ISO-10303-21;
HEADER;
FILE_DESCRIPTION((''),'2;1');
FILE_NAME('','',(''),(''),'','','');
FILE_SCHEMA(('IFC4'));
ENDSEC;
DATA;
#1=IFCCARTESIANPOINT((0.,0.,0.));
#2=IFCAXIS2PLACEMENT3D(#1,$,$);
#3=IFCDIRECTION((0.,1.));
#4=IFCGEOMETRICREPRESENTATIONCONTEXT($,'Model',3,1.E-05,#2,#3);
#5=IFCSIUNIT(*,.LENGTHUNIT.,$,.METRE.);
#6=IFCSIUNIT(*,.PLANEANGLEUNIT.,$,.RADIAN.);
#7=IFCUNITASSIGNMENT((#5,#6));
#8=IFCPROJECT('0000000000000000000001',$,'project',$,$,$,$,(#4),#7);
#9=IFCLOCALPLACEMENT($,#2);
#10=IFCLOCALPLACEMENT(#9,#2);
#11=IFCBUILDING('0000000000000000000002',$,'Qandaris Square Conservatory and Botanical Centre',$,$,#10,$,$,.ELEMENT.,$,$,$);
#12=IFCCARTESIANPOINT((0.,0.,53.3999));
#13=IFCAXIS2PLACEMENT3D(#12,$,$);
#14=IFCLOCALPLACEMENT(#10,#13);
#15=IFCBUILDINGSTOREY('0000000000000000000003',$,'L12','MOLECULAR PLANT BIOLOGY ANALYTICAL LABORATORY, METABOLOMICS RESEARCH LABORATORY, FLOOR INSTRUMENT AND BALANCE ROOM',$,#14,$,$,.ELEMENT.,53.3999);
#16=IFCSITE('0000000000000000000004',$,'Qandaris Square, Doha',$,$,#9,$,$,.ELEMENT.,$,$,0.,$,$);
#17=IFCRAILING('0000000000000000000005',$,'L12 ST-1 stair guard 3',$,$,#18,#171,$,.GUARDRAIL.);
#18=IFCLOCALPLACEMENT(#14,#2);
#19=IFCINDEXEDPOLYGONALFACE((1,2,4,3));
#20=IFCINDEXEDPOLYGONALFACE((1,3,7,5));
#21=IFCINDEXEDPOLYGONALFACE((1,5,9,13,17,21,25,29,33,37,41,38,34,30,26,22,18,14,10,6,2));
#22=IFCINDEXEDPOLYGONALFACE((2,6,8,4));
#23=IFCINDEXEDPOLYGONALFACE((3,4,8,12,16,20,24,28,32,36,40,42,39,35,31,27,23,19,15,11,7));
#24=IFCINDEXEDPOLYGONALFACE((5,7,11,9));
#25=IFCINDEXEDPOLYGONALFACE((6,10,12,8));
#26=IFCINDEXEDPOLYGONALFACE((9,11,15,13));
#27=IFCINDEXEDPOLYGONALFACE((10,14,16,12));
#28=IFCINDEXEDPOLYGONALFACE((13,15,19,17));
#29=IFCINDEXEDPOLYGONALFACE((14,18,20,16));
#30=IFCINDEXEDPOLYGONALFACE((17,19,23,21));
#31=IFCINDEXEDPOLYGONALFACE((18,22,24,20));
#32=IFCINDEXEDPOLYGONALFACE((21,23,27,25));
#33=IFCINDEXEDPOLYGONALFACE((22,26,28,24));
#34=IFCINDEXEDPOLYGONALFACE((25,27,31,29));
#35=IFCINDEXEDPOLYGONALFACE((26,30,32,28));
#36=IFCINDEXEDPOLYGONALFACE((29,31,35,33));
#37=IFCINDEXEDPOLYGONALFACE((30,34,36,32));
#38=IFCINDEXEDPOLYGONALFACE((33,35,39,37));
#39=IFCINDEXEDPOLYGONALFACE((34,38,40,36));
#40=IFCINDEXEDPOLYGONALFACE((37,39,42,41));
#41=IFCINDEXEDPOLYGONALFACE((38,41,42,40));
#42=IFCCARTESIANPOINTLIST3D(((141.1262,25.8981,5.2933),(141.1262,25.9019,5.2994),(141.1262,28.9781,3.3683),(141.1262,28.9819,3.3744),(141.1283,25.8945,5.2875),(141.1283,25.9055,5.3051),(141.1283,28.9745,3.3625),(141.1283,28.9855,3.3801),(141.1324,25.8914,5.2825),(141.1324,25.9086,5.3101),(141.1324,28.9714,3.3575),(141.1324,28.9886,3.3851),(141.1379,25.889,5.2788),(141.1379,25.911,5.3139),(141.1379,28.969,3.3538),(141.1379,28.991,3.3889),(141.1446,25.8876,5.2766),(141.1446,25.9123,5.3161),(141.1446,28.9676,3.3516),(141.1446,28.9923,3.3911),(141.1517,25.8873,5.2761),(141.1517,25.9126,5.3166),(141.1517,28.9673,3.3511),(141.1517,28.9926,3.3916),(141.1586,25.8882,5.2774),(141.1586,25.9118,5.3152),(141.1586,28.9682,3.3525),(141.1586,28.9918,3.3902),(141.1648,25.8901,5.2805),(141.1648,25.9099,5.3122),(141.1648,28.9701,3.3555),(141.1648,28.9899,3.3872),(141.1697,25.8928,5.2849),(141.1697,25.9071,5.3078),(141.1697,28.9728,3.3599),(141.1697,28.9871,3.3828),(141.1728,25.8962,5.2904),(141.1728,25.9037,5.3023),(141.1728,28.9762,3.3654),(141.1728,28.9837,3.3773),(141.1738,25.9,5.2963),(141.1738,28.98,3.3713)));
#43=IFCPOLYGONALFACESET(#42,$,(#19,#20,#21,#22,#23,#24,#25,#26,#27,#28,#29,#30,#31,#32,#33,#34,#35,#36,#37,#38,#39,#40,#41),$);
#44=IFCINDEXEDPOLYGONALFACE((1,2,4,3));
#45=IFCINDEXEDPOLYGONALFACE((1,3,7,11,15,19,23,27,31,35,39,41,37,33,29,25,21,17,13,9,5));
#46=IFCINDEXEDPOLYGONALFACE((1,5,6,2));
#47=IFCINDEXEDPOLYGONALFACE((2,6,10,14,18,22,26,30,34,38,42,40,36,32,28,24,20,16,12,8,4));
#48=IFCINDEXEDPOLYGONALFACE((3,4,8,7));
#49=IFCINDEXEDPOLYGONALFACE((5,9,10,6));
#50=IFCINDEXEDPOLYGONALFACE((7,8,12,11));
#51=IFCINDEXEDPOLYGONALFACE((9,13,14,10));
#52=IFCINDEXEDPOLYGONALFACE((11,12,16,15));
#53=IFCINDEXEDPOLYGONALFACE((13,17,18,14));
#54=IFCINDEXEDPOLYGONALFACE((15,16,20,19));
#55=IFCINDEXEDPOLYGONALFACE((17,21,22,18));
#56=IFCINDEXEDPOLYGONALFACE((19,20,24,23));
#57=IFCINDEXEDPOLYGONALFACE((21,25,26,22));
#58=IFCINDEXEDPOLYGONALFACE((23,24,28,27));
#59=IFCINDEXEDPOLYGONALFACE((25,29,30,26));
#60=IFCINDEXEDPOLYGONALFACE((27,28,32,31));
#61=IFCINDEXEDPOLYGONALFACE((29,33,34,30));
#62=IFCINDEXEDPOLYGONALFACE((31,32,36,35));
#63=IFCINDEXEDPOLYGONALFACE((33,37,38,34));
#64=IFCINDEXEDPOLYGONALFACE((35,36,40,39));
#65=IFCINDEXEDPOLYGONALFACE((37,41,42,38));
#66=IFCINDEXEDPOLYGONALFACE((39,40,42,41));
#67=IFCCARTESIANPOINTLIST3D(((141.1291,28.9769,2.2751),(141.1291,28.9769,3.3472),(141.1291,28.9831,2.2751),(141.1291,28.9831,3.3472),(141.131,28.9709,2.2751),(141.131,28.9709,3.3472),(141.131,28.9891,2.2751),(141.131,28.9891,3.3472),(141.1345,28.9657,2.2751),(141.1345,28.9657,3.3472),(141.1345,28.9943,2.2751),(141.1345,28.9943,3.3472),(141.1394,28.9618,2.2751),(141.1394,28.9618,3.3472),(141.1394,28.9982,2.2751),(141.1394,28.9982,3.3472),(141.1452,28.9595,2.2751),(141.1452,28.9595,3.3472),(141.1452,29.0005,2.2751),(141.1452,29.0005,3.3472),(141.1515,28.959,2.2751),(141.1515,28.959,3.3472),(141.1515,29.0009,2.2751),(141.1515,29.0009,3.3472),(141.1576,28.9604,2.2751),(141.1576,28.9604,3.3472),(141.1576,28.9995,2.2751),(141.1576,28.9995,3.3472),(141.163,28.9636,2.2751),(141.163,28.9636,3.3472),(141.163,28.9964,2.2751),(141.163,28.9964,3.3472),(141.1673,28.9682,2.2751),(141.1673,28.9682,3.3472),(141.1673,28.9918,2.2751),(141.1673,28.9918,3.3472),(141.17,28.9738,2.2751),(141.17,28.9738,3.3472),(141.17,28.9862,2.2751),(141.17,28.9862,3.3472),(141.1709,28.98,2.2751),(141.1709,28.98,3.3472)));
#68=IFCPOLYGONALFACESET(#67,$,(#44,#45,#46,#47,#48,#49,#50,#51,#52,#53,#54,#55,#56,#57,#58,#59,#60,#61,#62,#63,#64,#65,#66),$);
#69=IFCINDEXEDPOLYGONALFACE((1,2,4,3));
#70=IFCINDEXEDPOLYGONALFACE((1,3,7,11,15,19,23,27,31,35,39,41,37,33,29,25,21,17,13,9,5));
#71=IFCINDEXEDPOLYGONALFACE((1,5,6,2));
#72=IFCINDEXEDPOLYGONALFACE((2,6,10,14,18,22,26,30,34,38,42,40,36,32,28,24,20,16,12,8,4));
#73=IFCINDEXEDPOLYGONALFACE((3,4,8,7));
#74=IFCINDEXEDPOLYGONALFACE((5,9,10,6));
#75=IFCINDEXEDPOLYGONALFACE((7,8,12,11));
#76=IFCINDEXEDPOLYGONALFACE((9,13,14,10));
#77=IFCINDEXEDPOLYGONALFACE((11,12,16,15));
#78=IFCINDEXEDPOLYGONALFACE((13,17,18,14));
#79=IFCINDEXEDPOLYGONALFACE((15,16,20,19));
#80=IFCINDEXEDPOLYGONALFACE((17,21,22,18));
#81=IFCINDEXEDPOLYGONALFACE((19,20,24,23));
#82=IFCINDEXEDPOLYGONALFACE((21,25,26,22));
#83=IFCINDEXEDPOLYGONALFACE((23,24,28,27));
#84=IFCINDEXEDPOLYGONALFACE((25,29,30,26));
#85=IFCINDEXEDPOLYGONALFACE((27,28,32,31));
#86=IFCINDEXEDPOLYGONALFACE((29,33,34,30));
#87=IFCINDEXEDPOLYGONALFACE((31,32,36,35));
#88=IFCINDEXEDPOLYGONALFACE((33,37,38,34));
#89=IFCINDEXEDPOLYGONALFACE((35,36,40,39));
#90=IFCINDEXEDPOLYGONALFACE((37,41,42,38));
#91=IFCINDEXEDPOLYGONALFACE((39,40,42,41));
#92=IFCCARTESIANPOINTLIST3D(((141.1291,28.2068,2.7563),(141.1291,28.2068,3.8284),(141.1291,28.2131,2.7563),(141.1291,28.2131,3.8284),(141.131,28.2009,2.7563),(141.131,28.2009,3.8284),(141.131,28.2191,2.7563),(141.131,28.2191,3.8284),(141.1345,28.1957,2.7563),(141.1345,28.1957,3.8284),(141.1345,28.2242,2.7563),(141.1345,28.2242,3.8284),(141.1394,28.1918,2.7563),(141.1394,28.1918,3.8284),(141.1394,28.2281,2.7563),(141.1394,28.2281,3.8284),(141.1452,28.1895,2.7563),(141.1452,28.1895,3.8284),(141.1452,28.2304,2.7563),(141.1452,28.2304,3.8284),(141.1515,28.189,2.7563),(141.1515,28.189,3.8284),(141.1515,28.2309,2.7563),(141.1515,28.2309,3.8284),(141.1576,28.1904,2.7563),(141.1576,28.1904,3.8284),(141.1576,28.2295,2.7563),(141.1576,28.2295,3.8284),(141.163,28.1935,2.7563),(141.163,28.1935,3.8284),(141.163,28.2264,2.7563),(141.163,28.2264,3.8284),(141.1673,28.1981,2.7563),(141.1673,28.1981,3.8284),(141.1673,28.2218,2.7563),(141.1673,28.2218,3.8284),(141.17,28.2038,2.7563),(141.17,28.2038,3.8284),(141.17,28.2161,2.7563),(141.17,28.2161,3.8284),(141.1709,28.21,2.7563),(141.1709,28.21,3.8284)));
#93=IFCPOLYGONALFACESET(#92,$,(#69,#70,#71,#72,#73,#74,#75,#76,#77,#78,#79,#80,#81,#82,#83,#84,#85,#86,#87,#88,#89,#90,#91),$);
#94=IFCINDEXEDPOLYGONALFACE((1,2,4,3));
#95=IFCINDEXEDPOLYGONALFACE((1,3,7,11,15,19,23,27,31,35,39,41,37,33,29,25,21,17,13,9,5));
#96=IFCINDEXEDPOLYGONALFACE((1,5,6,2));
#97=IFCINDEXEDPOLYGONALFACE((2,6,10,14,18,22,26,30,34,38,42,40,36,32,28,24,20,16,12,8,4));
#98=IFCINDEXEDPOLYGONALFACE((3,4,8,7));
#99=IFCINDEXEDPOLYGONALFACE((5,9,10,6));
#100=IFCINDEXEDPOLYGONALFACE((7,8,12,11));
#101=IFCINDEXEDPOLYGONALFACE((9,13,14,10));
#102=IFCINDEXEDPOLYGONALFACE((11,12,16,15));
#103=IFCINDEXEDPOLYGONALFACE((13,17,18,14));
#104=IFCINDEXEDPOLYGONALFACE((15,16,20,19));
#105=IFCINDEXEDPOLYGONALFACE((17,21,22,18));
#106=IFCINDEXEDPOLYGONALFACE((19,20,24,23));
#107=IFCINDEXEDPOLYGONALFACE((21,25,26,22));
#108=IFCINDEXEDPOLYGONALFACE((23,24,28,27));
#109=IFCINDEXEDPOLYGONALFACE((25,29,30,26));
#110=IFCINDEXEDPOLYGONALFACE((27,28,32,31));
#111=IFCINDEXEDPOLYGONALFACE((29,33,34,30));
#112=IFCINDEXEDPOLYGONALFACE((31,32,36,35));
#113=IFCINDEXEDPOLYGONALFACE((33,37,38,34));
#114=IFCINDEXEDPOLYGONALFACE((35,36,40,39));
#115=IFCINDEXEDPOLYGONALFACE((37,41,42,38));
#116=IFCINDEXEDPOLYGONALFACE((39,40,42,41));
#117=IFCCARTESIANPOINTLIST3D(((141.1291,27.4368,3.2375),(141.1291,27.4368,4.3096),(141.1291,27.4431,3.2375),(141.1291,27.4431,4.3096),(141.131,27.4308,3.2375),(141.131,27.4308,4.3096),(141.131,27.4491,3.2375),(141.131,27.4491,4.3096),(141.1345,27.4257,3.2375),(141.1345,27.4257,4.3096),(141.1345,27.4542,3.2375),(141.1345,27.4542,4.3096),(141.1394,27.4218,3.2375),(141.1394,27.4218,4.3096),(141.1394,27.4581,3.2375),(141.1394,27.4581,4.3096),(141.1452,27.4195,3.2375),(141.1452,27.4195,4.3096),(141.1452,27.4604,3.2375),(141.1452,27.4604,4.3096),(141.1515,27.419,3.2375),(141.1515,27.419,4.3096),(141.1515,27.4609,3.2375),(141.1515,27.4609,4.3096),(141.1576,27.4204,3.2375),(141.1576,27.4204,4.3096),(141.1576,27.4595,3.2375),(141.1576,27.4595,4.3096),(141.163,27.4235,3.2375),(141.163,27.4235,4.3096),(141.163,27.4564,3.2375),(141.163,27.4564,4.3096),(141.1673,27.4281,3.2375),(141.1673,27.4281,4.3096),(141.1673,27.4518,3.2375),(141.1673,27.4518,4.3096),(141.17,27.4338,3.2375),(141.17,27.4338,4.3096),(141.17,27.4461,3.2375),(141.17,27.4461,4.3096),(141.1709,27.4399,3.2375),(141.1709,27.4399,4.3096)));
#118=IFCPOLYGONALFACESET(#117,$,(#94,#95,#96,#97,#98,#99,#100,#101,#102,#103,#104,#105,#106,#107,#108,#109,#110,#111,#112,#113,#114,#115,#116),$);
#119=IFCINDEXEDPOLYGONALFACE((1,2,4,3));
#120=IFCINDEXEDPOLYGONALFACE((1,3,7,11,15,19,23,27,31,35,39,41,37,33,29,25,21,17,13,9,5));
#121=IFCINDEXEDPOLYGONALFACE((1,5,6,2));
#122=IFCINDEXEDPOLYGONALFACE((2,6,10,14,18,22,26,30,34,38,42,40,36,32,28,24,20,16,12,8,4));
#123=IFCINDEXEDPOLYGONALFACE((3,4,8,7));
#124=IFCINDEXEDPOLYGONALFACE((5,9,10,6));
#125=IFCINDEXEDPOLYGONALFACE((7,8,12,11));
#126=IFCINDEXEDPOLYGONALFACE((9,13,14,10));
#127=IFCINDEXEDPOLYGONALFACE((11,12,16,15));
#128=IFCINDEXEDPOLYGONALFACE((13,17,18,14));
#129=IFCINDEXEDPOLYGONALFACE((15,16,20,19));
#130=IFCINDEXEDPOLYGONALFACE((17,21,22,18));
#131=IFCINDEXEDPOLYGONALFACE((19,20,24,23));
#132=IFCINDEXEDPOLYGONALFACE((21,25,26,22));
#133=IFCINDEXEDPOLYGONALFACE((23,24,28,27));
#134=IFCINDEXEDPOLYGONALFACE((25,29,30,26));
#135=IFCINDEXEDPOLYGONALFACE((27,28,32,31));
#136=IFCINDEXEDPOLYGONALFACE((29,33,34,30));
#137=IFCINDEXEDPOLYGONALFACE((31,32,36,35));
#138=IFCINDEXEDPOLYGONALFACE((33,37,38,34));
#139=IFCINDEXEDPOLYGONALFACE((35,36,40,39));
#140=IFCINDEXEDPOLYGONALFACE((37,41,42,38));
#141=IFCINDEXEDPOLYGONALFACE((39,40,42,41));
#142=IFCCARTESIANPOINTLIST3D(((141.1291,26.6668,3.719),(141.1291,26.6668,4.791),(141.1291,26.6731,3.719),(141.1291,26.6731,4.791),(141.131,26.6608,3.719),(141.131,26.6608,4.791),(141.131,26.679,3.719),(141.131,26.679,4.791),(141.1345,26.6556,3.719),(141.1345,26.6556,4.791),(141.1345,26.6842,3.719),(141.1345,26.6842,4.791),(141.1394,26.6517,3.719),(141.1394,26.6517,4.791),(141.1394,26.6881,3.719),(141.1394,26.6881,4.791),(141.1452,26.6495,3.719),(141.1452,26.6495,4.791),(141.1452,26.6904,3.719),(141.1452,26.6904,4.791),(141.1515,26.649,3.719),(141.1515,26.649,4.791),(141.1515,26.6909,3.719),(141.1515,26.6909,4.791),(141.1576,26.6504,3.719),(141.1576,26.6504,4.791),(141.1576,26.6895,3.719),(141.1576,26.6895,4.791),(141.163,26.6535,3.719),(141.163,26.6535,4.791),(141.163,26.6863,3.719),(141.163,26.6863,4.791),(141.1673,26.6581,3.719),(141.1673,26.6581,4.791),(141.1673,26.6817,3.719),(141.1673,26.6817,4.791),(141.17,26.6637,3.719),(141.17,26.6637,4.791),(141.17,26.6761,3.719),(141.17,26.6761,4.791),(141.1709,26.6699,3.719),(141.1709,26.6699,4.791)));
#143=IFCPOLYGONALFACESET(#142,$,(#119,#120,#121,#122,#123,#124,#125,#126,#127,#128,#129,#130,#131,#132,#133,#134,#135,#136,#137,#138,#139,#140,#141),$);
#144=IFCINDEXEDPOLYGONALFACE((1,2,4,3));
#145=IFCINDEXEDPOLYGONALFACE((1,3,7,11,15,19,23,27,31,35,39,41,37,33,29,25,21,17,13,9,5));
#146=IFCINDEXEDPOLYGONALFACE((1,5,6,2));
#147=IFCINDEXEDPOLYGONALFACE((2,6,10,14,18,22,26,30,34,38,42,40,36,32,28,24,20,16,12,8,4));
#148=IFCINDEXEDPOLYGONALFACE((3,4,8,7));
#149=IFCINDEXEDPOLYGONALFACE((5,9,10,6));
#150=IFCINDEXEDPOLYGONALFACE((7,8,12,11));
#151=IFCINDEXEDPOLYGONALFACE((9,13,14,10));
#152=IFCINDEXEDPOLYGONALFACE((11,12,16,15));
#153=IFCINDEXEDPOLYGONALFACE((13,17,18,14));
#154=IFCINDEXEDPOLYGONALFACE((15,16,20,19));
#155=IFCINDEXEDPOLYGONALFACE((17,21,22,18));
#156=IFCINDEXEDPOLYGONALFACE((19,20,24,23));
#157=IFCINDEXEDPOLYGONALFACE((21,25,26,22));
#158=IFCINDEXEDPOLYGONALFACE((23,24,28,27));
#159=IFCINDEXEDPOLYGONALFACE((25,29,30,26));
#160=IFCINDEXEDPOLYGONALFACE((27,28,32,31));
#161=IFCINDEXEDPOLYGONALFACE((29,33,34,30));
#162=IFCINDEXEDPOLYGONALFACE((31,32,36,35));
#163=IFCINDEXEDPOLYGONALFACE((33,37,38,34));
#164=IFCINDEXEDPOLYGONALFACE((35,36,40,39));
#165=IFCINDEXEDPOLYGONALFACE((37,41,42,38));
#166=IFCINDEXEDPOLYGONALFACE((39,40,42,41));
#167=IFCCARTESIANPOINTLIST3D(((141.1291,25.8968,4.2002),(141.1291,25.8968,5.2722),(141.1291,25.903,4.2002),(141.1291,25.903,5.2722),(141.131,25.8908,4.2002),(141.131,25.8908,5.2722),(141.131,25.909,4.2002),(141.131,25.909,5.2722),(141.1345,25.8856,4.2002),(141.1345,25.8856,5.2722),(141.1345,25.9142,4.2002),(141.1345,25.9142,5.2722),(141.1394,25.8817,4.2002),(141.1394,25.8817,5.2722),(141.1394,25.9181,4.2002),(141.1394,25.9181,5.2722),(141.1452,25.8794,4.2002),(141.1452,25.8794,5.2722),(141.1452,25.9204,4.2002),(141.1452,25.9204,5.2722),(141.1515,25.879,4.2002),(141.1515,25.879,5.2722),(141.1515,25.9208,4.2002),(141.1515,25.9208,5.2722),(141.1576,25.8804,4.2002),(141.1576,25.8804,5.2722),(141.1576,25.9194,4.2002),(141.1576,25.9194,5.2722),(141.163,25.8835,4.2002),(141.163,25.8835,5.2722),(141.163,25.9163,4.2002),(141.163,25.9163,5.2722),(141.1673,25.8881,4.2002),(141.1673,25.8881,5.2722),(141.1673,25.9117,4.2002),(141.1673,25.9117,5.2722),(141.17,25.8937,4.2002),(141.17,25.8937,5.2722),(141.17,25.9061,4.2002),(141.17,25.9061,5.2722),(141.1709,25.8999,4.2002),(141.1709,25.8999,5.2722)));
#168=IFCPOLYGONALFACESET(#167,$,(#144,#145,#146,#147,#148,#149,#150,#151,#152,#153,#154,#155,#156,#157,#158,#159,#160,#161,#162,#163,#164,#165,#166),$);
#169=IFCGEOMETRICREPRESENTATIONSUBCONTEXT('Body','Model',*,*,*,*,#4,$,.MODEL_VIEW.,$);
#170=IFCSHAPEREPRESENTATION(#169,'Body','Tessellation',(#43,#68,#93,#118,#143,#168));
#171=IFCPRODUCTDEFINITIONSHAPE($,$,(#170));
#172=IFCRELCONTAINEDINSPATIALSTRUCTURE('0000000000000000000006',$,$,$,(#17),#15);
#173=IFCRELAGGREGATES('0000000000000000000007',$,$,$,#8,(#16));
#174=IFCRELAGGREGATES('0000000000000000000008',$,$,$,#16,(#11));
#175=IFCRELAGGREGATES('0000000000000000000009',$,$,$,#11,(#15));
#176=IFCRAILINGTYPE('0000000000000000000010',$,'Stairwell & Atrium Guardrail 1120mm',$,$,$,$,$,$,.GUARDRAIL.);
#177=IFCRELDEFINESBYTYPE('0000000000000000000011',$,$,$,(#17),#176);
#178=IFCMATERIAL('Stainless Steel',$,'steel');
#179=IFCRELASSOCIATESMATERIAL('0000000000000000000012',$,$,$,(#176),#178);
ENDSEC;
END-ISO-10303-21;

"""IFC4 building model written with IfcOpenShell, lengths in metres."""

from ifc_helpers import new_model, si_unit, direction, frame, origin, origin_2d, place, context, subcontext, project, spatial, circle, extrude, material, type_object, element, save


model = new_model("IFC4")

# Units and contexts
model_context = context("Model", 3, precision=1e-05, world=origin(), true_north=direction((0.0, 1.0)))
body_context = subcontext(model_context, "Body", "Model", "MODEL_VIEW")
ifc_project = project(units=[si_unit("LENGTHUNIT", "METRE"), si_unit("PLANEANGLEUNIT", "RADIAN")], contexts=[model_context])

# Site, building, storey
site_placement = place(None, origin())
site = spatial("IfcSite", under=ifc_project, at=site_placement, Name="Qandaris Square, Doha", CompositionType="ELEMENT", RefElevation=0.0)
building_placement = place(site_placement, origin())
building = spatial("IfcBuilding", under=site, at=building_placement, Name="Qandaris Square Conservatory and Botanical Centre", CompositionType="ELEMENT")
storey_placement = place(building_placement, frame((0.0, 0.0, 53.3999)))
storey = spatial("IfcBuildingStorey", under=building, at=storey_placement, Name="L12", Description="MOLECULAR PLANT BIOLOGY ANALYTICAL LABORATORY, METABOLOMICS RESEARCH LABORATORY, FLOOR INSTRUMENT AND BALANCE ROOM", CompositionType="ELEMENT", Elevation=53.3999)

# Railing
ifc_material_1 = material(Name="Stainless Steel", Category="steel")
railing_type_1 = type_object("IfcRailingType", Name="Stairwell & Atrium Guardrail 1120mm", PredefinedType="GUARDRAIL", material=ifc_material_1)
railing_1_placement = place(storey_placement, frame((141.1499, 28.98, 2.2751)))
element("IfcRailing", 1, at=railing_1_placement, inside=storey, type_object=railing_type_1, Name="L12 ST-1 stair guard 3", PredefinedType="GUARDRAIL", context=body_context, shape_type="SweptSolid", body=[
    extrude(circle(Radius=0.0239, at=origin_2d()), frame((0.0, 0.0, 1.0962), z_axis=(0.0, -0.847998, 0.529999), x_axis=(1.0, 0.0, 0.0)), (0.0, 0.0, 1.0), 3.6321),
    extrude(circle(Radius=0.021, at=origin_2d()), origin(), (0.0, 0.0, 1.0), 1.072),
    extrude(circle(Radius=0.021, at=origin_2d()), frame((0.0, -0.77, 0.4812)), (0.0, 0.0, 1.0), 1.072),
    extrude(circle(Radius=0.021, at=origin_2d()), frame((0.0, -1.54, 0.9624)), (0.0, 0.0, 1.0), 1.072),
    extrude(circle(Radius=0.021, at=origin_2d()), frame((0.0, -2.3101, 1.4438)), (0.0, 0.0, 1.0), 1.072),
    extrude(circle(Radius=0.021, at=origin_2d()), frame((0.0, -3.0801, 1.925)), (0.0, 0.0, 1.0), 1.072),
])

save(model, "model.ifc")
